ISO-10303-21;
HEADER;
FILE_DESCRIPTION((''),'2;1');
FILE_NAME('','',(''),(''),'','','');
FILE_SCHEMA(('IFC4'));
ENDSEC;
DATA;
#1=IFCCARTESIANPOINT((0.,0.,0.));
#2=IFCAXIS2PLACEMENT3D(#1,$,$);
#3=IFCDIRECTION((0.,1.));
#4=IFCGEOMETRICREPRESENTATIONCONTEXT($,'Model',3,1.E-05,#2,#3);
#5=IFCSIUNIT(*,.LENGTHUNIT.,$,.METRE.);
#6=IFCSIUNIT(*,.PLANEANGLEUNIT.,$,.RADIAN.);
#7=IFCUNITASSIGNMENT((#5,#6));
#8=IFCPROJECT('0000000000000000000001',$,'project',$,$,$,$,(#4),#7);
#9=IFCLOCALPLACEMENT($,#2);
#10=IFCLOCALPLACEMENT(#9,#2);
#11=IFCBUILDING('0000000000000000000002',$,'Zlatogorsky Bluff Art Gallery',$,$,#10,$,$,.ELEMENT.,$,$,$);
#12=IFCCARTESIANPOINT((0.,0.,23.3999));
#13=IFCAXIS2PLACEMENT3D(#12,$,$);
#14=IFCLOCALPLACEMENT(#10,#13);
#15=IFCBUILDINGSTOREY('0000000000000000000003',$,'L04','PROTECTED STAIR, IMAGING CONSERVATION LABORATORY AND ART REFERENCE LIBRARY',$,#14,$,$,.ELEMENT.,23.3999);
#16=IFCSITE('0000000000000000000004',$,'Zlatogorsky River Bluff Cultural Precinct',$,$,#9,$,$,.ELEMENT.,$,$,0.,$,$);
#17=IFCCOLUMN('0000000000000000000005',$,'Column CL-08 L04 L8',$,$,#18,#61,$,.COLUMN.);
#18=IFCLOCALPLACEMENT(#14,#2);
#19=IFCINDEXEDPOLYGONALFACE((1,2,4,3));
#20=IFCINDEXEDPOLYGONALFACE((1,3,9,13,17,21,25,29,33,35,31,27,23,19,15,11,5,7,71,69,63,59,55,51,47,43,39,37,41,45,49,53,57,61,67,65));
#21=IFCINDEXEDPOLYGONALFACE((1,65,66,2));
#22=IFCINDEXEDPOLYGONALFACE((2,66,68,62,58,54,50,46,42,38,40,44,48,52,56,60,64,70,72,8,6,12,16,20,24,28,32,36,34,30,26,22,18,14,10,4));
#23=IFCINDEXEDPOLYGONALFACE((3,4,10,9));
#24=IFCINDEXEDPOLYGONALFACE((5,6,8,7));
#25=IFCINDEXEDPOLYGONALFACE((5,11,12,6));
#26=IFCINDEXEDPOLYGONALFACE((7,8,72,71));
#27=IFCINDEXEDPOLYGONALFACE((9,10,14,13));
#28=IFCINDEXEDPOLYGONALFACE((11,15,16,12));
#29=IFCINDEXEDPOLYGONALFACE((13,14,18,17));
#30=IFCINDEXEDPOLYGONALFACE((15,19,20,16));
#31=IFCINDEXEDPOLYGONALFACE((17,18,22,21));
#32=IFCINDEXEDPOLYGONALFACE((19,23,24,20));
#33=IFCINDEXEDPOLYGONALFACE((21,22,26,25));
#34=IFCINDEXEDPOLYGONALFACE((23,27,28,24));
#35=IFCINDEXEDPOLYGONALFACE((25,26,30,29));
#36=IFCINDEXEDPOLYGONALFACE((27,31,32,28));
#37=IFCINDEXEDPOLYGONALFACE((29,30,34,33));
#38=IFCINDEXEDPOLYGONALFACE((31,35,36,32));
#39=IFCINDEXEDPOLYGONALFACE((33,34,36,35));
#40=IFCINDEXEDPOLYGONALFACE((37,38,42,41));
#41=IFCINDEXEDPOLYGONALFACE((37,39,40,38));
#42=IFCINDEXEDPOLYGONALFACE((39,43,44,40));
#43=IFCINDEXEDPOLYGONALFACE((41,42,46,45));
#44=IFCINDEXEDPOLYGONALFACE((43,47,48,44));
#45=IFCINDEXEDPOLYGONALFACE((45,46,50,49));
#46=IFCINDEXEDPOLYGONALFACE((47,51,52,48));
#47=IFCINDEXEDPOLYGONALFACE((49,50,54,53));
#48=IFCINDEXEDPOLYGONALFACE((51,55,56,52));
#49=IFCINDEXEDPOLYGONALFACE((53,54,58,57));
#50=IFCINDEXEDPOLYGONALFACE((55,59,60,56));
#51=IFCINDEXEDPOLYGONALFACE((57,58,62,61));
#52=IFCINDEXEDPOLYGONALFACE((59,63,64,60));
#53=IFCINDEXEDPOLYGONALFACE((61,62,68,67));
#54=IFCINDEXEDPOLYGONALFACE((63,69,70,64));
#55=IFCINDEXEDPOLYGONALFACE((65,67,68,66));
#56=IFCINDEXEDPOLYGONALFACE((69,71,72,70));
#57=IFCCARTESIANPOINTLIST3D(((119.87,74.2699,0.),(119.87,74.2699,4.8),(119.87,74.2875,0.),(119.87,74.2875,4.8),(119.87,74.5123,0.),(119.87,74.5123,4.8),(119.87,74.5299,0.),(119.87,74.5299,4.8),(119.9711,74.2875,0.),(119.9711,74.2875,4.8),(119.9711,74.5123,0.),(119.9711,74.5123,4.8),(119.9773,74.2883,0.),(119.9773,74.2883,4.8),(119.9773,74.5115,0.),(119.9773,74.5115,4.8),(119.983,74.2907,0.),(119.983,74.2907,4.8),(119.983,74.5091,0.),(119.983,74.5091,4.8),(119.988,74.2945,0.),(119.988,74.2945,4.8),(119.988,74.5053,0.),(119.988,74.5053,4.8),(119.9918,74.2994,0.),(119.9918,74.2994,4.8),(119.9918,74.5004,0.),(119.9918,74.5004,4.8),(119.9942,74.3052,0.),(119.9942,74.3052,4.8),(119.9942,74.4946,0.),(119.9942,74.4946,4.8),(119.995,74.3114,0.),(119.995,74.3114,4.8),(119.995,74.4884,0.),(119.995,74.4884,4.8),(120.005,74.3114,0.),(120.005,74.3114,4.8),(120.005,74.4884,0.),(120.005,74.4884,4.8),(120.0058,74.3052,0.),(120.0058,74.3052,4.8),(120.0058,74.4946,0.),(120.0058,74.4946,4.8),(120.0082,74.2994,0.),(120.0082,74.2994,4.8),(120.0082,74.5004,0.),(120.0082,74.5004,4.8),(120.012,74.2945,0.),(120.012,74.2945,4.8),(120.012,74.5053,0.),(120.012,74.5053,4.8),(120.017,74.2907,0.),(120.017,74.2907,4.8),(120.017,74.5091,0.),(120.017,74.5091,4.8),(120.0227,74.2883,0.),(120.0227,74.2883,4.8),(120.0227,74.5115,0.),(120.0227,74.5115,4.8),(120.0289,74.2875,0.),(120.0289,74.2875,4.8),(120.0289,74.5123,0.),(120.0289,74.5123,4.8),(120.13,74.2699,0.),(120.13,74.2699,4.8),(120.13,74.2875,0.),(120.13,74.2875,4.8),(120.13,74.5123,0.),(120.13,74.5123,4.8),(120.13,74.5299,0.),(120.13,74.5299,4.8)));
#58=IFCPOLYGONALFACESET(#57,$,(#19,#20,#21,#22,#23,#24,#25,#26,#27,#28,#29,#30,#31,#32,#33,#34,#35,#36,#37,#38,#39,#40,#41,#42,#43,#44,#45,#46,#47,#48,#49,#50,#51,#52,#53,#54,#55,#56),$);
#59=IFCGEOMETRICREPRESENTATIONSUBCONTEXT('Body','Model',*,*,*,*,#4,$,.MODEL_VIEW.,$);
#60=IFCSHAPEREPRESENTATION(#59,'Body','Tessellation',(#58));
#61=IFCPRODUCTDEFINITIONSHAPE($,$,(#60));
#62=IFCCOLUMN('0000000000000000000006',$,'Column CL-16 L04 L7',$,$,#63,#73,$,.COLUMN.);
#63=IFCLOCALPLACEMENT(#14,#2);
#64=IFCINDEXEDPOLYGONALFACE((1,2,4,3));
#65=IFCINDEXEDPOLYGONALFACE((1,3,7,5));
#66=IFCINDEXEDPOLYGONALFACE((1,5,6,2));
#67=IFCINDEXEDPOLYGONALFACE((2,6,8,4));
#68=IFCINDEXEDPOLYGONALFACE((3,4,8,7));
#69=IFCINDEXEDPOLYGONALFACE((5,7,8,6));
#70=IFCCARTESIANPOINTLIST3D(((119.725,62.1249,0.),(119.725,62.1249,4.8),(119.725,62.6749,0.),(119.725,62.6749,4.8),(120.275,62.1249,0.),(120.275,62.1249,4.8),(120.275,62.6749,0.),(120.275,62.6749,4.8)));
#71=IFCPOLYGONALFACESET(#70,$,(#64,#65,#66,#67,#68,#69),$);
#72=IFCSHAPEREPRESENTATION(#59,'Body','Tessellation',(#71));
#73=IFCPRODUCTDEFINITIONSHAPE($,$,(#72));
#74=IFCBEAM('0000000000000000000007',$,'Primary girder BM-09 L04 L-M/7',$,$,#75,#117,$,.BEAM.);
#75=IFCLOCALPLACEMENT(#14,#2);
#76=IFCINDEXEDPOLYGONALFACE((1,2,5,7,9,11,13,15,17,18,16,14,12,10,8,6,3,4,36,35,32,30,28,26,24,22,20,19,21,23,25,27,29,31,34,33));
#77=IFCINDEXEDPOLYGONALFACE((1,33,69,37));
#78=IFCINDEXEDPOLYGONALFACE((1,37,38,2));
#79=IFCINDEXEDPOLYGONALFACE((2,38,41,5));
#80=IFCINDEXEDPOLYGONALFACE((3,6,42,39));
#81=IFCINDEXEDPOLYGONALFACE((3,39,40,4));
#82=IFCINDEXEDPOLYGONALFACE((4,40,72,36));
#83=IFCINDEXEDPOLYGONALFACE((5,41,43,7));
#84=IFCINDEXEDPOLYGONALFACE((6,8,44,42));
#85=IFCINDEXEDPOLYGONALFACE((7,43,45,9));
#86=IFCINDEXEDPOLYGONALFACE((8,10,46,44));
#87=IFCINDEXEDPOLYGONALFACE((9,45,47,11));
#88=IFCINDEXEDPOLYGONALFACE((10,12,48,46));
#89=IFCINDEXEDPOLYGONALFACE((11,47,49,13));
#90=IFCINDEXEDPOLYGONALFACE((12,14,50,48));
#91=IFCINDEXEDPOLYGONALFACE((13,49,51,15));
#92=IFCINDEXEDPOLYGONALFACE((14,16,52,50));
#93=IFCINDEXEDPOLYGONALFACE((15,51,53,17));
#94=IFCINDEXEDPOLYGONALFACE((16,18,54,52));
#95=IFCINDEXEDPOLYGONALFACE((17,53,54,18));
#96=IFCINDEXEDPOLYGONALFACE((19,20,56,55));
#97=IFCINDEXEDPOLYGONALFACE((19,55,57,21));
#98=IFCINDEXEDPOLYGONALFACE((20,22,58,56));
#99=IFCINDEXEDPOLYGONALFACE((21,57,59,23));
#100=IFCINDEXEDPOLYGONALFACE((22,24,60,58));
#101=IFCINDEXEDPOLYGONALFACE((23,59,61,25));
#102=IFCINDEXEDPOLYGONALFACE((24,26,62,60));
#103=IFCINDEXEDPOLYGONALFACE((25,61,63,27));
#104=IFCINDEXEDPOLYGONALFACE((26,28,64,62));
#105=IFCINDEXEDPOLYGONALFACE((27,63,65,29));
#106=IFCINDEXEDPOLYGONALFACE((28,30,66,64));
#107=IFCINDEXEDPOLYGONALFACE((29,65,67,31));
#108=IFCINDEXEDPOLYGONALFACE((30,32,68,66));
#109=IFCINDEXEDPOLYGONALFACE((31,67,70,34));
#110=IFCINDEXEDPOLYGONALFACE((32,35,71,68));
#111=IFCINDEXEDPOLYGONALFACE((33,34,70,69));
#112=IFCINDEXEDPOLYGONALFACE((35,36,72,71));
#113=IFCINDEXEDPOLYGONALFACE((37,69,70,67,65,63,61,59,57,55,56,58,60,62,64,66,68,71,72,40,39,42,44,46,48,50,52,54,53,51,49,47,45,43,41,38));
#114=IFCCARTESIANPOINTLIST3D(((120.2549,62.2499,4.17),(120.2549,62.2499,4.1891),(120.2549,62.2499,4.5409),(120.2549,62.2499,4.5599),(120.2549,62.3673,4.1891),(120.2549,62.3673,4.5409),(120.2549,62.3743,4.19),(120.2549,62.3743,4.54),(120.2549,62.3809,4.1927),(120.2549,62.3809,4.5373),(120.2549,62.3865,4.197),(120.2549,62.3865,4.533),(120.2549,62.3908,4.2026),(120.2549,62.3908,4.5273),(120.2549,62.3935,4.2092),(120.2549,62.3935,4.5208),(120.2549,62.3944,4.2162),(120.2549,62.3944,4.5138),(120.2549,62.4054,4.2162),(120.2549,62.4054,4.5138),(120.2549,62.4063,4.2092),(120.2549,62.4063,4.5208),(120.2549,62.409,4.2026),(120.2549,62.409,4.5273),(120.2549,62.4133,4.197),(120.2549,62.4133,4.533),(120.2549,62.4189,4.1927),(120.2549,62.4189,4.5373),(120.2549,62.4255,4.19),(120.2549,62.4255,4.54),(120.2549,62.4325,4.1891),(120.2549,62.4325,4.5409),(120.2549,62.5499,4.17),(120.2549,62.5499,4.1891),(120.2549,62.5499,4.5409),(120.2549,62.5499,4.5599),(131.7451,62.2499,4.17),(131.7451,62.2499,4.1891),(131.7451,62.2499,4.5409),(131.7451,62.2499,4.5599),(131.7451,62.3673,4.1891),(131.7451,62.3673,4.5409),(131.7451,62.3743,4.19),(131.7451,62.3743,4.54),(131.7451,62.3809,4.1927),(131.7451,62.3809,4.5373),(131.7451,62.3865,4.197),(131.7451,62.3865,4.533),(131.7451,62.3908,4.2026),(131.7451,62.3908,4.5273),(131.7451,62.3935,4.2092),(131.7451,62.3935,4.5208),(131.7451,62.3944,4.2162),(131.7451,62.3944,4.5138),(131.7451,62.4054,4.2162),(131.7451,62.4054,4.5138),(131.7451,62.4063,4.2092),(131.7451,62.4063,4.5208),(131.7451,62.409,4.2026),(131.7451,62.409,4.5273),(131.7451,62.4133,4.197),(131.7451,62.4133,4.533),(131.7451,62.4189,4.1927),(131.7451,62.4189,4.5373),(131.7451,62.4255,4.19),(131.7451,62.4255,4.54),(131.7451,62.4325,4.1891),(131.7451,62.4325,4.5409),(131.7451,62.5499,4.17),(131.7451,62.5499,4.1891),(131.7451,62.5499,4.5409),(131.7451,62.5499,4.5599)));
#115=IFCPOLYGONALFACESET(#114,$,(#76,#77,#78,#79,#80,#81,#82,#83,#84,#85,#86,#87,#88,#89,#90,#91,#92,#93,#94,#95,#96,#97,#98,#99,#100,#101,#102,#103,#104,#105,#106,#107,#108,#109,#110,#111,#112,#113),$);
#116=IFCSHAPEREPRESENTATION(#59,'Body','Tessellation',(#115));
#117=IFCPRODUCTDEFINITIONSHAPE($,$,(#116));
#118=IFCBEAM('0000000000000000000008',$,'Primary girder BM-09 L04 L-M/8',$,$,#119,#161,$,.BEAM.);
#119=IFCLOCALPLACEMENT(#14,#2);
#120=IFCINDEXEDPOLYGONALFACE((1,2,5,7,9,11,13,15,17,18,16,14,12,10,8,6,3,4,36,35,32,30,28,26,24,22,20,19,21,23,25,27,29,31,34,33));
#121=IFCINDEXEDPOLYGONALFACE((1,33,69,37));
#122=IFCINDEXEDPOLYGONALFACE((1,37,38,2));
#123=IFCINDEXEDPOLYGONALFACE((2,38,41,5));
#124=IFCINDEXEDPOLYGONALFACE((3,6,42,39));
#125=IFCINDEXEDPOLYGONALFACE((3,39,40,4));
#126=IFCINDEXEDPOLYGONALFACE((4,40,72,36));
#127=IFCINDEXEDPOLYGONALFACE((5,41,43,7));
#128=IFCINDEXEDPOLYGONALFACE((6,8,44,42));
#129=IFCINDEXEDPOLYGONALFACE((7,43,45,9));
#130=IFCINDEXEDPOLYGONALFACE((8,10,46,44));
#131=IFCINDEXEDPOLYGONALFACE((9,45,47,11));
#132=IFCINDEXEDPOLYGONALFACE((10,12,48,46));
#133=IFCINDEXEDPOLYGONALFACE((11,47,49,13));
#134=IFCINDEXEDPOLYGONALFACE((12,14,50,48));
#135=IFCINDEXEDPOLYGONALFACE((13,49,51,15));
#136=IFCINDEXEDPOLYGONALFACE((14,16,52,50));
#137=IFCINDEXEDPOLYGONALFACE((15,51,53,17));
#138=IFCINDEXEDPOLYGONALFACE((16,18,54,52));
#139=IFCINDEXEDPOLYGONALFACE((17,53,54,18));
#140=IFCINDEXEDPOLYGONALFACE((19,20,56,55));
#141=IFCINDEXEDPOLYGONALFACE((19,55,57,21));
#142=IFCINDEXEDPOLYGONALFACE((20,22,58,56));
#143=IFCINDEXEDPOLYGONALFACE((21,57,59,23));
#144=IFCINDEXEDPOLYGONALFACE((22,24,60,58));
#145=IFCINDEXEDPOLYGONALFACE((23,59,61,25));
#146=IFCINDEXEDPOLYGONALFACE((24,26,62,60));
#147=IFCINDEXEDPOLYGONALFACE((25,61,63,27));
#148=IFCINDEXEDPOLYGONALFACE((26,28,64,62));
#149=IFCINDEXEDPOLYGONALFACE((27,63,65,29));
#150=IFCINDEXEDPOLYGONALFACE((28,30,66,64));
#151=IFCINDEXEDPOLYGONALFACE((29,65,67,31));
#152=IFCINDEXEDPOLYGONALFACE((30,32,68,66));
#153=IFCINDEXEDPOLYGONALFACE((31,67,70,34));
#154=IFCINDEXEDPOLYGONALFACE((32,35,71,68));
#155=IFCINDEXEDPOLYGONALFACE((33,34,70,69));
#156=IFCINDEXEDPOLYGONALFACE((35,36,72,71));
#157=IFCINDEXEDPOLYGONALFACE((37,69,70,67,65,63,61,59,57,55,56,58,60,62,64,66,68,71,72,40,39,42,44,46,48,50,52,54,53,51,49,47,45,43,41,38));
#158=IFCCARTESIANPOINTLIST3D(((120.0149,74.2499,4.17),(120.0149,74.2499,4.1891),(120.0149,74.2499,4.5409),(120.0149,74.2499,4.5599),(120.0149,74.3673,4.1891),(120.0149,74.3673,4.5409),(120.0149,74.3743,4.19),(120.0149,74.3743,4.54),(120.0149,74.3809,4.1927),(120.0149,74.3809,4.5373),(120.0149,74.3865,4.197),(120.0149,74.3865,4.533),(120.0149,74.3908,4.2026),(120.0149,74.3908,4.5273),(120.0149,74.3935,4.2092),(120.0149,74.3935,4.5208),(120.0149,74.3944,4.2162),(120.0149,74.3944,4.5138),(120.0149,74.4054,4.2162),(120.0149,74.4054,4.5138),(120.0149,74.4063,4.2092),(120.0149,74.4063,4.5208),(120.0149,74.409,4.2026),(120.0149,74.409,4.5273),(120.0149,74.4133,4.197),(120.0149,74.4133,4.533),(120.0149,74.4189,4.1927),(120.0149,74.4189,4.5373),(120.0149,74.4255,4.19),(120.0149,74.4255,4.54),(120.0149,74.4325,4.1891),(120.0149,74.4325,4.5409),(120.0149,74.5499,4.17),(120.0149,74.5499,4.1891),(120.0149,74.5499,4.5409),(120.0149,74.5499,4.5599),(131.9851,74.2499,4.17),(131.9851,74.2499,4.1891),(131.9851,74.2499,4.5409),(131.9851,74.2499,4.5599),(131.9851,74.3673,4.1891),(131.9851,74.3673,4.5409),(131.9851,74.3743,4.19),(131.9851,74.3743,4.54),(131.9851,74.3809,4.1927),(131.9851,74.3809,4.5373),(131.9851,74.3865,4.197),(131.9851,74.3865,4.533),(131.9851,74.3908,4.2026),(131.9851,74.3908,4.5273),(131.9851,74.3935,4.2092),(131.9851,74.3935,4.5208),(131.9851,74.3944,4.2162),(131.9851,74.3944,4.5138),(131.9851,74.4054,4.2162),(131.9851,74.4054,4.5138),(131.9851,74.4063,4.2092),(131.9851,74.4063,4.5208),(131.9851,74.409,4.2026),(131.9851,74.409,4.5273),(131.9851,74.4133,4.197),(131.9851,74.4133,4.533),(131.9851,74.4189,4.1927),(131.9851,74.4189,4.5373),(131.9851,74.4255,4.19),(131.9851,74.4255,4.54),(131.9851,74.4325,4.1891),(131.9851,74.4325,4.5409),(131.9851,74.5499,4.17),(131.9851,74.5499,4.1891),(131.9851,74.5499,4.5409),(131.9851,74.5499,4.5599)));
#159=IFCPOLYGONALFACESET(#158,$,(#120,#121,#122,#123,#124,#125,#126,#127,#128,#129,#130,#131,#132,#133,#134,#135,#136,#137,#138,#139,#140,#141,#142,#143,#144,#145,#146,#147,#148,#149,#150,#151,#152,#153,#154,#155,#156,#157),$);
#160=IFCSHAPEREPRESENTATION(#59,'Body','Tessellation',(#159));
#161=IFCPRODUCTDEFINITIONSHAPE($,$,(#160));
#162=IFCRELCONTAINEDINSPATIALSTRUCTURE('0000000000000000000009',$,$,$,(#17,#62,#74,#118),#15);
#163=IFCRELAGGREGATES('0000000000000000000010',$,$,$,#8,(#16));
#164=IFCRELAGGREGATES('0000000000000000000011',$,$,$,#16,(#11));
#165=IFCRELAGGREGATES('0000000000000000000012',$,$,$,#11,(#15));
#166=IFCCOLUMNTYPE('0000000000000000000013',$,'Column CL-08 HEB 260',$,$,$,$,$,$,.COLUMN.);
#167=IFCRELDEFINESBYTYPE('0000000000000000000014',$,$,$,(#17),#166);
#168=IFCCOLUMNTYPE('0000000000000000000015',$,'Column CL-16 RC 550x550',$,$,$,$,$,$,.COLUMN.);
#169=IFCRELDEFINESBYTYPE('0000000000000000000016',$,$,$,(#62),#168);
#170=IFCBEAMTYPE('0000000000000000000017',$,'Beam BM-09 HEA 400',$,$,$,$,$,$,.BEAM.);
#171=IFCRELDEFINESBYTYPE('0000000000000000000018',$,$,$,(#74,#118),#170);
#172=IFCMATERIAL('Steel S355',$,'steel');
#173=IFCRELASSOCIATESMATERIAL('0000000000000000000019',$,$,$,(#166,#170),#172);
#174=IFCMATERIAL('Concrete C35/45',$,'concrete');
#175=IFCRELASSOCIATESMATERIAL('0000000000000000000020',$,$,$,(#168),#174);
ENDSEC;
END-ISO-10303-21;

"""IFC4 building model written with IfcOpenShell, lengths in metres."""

from ifc_helpers import new_model, si_unit, direction, frame, origin, origin_2d, place, context, subcontext, project, spatial, rectangle, i_section, extrude, material, material_profile, profile_set, type_object, element, save


model = new_model("IFC4")

# Units and contexts
model_context = context("Model", 3, precision=1e-05, world=origin(), true_north=direction((0.0, 1.0)))
body_context = subcontext(model_context, "Body", "Model", "MODEL_VIEW")
ifc_project = project(units=[si_unit("LENGTHUNIT", "METRE"), si_unit("PLANEANGLEUNIT", "RADIAN")], contexts=[model_context])

# Site, building, storey
site_placement = place(None, origin())
site = spatial("IfcSite", under=ifc_project, at=site_placement, Name="Zlatogorsky River Bluff Cultural Precinct", CompositionType="ELEMENT", RefElevation=0.0)
building_placement = place(site_placement, origin())
building = spatial("IfcBuilding", under=site, at=building_placement, Name="Zlatogorsky Bluff Art Gallery", CompositionType="ELEMENT")
storey_placement = place(building_placement, frame((0.0, 0.0, 23.3999)))
storey = spatial("IfcBuildingStorey", under=building, at=storey_placement, Name="L04", Description="PROTECTED STAIR, IMAGING CONSERVATION LABORATORY AND ART REFERENCE LIBRARY", CompositionType="ELEMENT", Elevation=23.3999)

# Columns
ifc_material_1 = material(Name="Steel S355", Category="steel")
ifc_material_profile_1 = material_profile(ifc_material_1, i_section(OverallWidth=0.26, OverallDepth=0.26, WebThickness=0.01, FlangeThickness=0.0176, FilletRadius=0.0239, at=origin_2d()), Name="HEB 260")
ifc_profile_set_1 = profile_set([ifc_material_profile_1], Name="Steel S355")
column_type_1 = type_object("IfcColumnType", Name="Column CL-08 HEB 260", PredefinedType="COLUMN", material=ifc_profile_set_1)
column_1_placement = place(storey_placement, frame((120.0, 74.3999, 0.0), z_axis=(0.0, 0.0, 1.0), x_axis=(1.0, 0.0, 0.0)))
element("IfcColumn", 1, at=column_1_placement, inside=storey, type_object=column_type_1, Name="Column CL-08 L04 L8", PredefinedType="COLUMN", context=body_context, shape_type="SweptSolid", body=[
    extrude(i_section(OverallWidth=0.26, OverallDepth=0.26, WebThickness=0.01, FlangeThickness=0.0176, FilletRadius=0.0239, at=origin_2d()), origin(), (0.0, 0.0, 1.0), 4.8),
])
ifc_material_2 = material(Name="Concrete C35/45", Category="concrete")
ifc_material_profile_2 = material_profile(ifc_material_2, rectangle(XDim=0.55, YDim=0.55, at=origin_2d()), Name="RC 550x550")
ifc_profile_set_2 = profile_set([ifc_material_profile_2], Name="Concrete C35/45")
column_type_2 = type_object("IfcColumnType", Name="Column CL-16 RC 550x550", PredefinedType="COLUMN", material=ifc_profile_set_2)
column_2_placement = place(storey_placement, frame((120.0, 62.3999, 0.0), z_axis=(0.0, 0.0, 1.0), x_axis=(1.0, 0.0, 0.0)))
element("IfcColumn", 2, at=column_2_placement, inside=storey, type_object=column_type_2, Name="Column CL-16 L04 L7", PredefinedType="COLUMN", context=body_context, shape_type="SweptSolid", body=[
    extrude(rectangle(XDim=0.55, YDim=0.55, at=origin_2d()), origin(), (0.0, 0.0, 1.0), 4.8),
])

# Beams
ifc_material_profile_3 = material_profile(ifc_material_1, i_section(OverallWidth=0.3, OverallDepth=0.3899, WebThickness=0.011, FlangeThickness=0.019, FilletRadius=0.0271, at=origin_2d()), Name="HEA 400")
ifc_profile_set_3 = profile_set([ifc_material_profile_3], Name="Steel S355")
beam_type_1 = type_object("IfcBeamType", Name="Beam BM-09 HEA 400", PredefinedType="BEAM", material=ifc_profile_set_3)
beam_1_placement = place(storey_placement, frame((120.2549, 62.3999, 4.365), z_axis=(1.0, 0.0, 0.0), x_axis=(0.0, 1.0, 0.0)))
element("IfcBeam", 3, at=beam_1_placement, inside=storey, type_object=beam_type_1, Name="Primary girder BM-09 L04 L-M/7", PredefinedType="BEAM", context=body_context, shape_type="SweptSolid", body=[
    extrude(i_section(OverallWidth=0.3, OverallDepth=0.3899, WebThickness=0.011, FlangeThickness=0.019, FilletRadius=0.0271, at=origin_2d()), origin(), (0.0, 0.0, 1.0), 11.4902),
])
beam_2_placement = place(storey_placement, frame((120.0149, 74.3999, 4.365), z_axis=(1.0, 0.0, 0.0), x_axis=(0.0, 1.0, 0.0)))
element("IfcBeam", 4, at=beam_2_placement, inside=storey, type_object=beam_type_1, Name="Primary girder BM-09 L04 L-M/8", PredefinedType="BEAM", context=body_context, shape_type="SweptSolid", body=[
    extrude(i_section(OverallWidth=0.3, OverallDepth=0.3899, WebThickness=0.011, FlangeThickness=0.019, FilletRadius=0.0271, at=origin_2d()), origin(), (0.0, 0.0, 1.0), 11.9702),
])

save(model, "model.ifc")
